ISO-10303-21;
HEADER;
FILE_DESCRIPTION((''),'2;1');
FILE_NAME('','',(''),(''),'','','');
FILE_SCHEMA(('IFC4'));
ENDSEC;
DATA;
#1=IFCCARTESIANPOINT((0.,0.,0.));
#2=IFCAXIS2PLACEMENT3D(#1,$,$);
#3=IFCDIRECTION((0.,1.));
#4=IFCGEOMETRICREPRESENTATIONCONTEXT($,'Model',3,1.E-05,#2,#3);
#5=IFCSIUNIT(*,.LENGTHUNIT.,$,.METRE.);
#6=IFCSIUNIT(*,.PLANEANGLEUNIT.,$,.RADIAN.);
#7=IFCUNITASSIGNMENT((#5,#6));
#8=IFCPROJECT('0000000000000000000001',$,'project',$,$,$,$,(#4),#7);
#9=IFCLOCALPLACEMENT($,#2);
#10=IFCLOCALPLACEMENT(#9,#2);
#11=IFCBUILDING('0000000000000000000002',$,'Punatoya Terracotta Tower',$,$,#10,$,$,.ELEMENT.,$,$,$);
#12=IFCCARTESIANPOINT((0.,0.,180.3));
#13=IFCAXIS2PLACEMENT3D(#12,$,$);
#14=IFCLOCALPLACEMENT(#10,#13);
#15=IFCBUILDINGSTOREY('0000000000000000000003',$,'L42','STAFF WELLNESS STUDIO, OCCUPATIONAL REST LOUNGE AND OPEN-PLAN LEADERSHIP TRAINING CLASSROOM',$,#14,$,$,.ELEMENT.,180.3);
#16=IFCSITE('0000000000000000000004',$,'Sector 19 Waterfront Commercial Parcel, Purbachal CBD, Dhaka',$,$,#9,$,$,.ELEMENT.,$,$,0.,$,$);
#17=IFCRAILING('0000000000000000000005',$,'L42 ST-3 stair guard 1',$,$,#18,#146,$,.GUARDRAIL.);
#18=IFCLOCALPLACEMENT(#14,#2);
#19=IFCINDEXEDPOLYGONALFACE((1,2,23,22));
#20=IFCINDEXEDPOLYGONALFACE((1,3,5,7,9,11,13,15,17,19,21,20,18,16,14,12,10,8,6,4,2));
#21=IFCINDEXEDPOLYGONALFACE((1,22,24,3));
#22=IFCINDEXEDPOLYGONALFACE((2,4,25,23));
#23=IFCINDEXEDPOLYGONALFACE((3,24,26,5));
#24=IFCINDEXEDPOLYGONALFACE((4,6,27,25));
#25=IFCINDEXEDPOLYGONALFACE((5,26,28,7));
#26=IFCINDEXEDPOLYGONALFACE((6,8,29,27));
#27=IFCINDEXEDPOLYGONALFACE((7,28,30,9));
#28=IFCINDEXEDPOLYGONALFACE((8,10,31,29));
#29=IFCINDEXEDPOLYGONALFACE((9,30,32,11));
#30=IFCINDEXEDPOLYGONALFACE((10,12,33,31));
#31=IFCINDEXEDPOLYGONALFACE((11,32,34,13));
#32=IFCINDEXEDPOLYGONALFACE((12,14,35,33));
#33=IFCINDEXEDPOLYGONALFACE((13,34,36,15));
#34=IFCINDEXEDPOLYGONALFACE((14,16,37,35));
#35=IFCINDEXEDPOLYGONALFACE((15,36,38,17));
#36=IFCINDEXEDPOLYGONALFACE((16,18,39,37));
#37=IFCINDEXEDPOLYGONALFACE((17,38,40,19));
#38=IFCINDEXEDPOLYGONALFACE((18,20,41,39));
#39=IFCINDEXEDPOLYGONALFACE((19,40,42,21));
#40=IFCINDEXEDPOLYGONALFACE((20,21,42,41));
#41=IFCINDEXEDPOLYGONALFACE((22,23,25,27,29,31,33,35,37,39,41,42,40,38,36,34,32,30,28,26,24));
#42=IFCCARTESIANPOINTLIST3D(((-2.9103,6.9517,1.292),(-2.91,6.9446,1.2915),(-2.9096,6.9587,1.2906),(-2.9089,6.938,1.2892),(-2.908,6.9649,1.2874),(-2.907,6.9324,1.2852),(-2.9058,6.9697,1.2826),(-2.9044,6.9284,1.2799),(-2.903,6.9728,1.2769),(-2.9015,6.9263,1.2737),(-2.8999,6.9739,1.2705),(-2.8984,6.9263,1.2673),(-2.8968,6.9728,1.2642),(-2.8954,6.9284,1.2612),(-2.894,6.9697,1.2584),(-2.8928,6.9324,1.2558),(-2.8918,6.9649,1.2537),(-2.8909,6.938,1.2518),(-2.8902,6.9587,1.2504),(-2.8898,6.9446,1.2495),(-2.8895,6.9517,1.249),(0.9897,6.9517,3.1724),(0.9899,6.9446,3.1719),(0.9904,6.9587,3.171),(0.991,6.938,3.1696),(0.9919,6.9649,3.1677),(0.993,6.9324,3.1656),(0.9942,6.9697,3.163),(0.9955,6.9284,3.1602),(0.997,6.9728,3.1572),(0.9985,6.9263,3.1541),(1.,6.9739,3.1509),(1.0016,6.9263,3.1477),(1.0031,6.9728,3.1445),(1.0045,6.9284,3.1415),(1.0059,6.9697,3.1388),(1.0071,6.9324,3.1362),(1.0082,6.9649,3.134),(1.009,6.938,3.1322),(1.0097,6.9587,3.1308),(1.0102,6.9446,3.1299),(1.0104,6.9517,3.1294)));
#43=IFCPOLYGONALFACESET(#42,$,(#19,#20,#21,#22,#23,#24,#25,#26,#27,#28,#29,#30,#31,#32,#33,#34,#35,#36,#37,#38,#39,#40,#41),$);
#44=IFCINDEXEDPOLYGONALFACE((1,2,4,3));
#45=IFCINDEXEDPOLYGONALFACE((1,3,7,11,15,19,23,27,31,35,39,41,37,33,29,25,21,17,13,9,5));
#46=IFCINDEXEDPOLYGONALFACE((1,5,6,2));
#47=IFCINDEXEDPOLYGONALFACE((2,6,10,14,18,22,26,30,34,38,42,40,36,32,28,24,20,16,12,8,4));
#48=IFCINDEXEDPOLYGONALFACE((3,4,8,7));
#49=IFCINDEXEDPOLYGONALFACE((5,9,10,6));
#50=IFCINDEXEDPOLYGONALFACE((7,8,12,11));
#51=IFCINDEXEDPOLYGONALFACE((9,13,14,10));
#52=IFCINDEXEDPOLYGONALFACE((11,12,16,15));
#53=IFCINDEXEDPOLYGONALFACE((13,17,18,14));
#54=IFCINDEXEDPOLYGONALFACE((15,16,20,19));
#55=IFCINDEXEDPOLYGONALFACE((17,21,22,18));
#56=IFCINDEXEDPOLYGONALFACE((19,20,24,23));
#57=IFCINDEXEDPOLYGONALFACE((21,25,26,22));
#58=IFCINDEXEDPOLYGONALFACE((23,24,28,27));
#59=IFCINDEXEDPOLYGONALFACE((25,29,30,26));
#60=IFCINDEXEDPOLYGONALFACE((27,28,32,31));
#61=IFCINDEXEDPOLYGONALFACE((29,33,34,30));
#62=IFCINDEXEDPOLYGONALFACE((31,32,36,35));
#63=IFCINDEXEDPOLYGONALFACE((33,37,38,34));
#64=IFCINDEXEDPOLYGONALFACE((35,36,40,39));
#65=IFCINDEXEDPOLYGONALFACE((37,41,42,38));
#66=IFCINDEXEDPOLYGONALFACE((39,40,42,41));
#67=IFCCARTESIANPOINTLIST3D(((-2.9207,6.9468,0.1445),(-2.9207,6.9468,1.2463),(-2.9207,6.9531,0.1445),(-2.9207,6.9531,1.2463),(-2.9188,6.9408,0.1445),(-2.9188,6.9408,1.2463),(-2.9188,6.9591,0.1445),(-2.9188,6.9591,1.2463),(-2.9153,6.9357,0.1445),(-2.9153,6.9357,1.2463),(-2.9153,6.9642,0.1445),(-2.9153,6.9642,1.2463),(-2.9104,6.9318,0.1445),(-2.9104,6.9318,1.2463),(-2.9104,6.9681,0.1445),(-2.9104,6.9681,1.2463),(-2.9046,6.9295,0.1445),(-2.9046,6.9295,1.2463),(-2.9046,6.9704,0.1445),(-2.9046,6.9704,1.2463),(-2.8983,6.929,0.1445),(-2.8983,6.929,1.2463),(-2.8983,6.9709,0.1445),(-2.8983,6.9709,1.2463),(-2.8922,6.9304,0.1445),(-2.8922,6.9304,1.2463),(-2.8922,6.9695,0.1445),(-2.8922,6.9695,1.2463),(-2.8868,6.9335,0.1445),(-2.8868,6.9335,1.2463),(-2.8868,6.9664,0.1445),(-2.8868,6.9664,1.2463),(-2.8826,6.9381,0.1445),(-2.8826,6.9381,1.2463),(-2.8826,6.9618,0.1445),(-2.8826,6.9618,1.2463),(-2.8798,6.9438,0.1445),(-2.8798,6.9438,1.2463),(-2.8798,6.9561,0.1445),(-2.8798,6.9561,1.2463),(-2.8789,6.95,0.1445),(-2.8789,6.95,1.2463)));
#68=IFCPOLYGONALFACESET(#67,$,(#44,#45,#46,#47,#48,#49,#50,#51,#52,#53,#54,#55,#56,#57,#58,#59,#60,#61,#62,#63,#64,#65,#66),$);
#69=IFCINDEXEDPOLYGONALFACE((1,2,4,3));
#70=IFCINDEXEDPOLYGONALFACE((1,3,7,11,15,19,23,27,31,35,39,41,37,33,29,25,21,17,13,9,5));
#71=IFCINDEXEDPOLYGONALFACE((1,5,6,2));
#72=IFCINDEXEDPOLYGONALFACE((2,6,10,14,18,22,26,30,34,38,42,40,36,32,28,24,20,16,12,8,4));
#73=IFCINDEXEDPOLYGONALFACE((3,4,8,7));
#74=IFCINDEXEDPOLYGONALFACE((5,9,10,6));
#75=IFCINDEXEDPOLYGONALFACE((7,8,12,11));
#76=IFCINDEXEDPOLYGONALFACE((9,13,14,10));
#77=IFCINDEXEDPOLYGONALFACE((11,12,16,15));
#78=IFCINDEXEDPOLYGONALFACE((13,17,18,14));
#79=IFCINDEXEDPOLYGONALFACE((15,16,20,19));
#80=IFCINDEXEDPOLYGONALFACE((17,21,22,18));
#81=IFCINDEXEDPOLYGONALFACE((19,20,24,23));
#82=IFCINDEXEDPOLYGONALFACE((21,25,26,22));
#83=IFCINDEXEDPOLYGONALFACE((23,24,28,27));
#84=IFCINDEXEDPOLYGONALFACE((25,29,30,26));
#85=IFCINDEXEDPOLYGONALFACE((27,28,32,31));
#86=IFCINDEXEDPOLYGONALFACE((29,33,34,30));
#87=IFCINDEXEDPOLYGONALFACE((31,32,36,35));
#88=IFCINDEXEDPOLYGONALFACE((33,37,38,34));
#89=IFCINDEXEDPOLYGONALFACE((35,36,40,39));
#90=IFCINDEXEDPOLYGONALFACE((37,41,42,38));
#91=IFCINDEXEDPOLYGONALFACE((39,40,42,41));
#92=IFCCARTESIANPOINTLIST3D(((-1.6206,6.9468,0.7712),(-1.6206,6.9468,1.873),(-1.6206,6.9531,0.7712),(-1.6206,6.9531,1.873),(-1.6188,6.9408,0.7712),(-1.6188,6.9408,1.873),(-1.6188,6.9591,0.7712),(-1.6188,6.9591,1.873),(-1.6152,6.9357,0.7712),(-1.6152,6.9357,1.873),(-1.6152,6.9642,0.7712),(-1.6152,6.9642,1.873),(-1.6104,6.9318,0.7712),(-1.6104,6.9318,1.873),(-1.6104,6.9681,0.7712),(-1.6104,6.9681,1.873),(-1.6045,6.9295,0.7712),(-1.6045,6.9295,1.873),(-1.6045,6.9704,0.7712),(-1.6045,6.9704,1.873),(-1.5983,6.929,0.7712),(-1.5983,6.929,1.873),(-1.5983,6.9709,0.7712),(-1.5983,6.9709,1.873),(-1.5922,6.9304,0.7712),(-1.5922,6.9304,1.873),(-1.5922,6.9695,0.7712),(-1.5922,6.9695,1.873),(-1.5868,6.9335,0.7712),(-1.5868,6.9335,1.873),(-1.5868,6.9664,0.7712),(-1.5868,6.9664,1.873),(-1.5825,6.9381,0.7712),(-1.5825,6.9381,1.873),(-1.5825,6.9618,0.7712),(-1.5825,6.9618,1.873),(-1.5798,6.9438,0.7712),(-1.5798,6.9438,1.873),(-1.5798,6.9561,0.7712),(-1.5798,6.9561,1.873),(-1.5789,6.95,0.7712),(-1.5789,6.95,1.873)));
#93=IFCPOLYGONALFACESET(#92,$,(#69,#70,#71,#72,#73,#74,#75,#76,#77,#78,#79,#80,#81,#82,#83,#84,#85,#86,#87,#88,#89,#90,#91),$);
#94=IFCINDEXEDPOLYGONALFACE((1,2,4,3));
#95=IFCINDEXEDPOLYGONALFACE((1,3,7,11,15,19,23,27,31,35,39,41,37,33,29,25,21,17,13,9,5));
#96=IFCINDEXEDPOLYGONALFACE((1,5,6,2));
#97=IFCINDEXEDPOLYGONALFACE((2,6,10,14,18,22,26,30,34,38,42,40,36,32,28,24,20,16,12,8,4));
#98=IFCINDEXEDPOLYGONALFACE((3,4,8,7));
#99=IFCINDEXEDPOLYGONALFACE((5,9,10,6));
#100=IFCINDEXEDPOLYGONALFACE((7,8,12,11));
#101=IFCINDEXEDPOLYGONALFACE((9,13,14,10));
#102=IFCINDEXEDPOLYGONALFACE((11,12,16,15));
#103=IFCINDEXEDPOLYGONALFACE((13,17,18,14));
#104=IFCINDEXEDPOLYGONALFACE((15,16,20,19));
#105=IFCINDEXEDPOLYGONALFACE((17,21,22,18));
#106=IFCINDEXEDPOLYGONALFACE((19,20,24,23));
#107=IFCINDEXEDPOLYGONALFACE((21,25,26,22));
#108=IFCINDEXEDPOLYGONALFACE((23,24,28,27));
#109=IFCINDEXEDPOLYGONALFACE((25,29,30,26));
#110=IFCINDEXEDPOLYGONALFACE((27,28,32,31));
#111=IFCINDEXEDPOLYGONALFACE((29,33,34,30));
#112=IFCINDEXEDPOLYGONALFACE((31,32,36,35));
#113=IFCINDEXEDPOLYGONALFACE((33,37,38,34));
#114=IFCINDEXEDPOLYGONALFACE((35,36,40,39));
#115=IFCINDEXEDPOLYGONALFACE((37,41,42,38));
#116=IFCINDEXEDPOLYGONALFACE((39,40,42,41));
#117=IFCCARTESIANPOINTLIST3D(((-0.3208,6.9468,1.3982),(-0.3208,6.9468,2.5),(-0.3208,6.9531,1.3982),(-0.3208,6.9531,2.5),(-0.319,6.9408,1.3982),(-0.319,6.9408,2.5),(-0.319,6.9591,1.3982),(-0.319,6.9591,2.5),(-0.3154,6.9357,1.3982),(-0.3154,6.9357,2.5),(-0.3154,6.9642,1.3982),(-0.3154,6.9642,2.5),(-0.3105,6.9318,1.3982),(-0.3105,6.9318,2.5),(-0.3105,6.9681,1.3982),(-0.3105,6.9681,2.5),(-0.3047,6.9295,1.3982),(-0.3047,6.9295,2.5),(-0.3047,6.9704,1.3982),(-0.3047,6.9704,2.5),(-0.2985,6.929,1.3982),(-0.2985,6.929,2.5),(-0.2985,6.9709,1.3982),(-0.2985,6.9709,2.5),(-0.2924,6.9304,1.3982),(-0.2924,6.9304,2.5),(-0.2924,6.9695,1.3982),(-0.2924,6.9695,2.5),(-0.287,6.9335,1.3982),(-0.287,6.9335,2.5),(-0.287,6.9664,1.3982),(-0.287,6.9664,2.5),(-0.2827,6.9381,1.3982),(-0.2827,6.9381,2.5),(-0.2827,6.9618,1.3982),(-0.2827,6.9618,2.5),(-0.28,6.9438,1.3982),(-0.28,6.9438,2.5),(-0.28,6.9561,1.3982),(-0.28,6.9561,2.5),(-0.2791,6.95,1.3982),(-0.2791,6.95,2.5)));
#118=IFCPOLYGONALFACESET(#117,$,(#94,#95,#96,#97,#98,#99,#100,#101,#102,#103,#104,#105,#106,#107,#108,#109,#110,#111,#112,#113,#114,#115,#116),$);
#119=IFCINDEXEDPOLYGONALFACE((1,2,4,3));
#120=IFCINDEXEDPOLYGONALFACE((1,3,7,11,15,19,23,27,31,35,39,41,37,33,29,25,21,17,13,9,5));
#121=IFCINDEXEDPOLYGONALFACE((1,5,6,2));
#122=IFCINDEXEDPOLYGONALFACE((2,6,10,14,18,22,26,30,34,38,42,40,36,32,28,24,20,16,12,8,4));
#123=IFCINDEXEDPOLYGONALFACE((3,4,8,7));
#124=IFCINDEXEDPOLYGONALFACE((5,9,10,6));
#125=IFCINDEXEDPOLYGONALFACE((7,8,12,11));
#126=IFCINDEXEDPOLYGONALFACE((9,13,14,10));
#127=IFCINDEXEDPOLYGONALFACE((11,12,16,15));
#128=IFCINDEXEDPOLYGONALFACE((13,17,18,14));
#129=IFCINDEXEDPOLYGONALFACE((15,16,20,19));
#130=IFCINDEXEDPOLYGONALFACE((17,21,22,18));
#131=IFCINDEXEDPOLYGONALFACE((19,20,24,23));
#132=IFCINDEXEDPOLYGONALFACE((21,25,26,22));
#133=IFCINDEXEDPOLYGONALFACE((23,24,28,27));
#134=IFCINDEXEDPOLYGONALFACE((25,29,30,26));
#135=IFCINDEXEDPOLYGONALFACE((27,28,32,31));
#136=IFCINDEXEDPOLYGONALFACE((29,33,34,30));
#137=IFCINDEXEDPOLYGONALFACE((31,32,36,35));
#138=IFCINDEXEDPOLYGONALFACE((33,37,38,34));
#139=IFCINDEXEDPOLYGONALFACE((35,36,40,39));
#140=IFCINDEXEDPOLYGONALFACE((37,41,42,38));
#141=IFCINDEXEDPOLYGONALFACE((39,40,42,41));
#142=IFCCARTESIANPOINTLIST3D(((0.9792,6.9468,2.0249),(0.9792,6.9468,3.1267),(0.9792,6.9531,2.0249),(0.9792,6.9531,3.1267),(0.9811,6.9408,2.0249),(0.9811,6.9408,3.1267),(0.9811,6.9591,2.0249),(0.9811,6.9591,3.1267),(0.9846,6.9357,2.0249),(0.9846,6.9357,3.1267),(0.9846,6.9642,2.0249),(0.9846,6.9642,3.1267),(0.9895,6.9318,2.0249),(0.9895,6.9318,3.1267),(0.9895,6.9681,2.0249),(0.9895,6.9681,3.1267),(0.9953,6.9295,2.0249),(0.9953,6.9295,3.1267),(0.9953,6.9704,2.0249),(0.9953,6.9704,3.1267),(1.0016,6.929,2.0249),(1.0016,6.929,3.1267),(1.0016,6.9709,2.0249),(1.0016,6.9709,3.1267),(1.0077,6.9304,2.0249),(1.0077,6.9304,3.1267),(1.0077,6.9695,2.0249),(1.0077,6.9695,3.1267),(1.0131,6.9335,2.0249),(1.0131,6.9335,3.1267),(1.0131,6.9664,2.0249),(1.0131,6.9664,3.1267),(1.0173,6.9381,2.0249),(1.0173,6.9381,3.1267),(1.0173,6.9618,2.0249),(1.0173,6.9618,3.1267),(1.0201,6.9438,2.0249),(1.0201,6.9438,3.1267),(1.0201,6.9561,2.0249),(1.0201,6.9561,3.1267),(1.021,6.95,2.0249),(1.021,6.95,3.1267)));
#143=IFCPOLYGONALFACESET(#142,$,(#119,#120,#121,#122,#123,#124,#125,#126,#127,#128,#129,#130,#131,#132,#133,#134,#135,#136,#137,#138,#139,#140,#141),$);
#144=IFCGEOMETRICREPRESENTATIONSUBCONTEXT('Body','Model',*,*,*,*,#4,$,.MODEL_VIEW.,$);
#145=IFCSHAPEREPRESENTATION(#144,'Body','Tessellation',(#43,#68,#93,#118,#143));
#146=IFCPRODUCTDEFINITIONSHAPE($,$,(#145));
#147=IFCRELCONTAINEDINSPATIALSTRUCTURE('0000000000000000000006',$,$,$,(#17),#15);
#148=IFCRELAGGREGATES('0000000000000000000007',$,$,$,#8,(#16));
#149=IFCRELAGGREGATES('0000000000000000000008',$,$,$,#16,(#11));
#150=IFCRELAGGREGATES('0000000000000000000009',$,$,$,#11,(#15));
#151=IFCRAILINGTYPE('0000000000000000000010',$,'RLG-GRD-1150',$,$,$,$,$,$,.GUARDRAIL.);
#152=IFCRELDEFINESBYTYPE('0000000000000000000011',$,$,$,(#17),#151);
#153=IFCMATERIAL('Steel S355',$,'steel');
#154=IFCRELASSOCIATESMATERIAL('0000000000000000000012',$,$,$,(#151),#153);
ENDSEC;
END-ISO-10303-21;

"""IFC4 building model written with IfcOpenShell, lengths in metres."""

from ifc_helpers import new_model, si_unit, direction, frame, origin, origin_2d, place, context, subcontext, project, spatial, circle, extrude, material, type_object, element, save


model = new_model("IFC4")

# Units and contexts
model_context = context("Model", 3, precision=1e-05, world=origin(), true_north=direction((0.0, 1.0)))
body_context = subcontext(model_context, "Body", "Model", "MODEL_VIEW")
ifc_project = project(units=[si_unit("LENGTHUNIT", "METRE"), si_unit("PLANEANGLEUNIT", "RADIAN")], contexts=[model_context])

# Site, building, storey
site_placement = place(None, origin())
site = spatial("IfcSite", under=ifc_project, at=site_placement, Name="Sector 19 Waterfront Commercial Parcel, Purbachal CBD, Dhaka", CompositionType="ELEMENT", RefElevation=0.0)
building_placement = place(site_placement, origin())
building = spatial("IfcBuilding", under=site, at=building_placement, Name="Punatoya Terracotta Tower", CompositionType="ELEMENT")
storey_placement = place(building_placement, frame((0.0, 0.0, 180.3)))
storey = spatial("IfcBuildingStorey", under=building, at=storey_placement, Name="L42", Description="STAFF WELLNESS STUDIO, OCCUPATIONAL REST LOUNGE AND OPEN-PLAN LEADERSHIP TRAINING CLASSROOM", CompositionType="ELEMENT", Elevation=180.3)

# Shared definitions
ifc_material_1 = material(Name="Steel S355", Category="steel")

# Railing
railing_type_1 = type_object("IfcRailingType", Name="RLG-GRD-1150", PredefinedType="GUARDRAIL", material=ifc_material_1)
railing_1_placement = place(storey_placement, frame((-2.8999, 6.95, 0.1445)))
element("IfcRailing", 1, at=railing_1_placement, inside=storey, type_object=railing_type_1, Name="L42 ST-3 stair guard 1", PredefinedType="GUARDRAIL", context=body_context, shape_type="SweptSolid", body=[
    extrude(circle(Radius=0.0239, at=origin_2d()), frame((0.0, 0.0, 1.126), z_axis=(0.900763, 0.0, 0.434311), x_axis=(0.0, 1.0, 0.0)), (0.0, 0.0, 1.0), 4.3296),
    extrude(circle(Radius=0.021, at=origin_2d()), origin(), (0.0, 0.0, 1.0), 1.1018),
    extrude(circle(Radius=0.021, at=origin_2d()), frame((1.3, 0.0, 0.6267)), (0.0, 0.0, 1.0), 1.1018),
    extrude(circle(Radius=0.021, at=origin_2d()), frame((2.5999, 0.0, 1.2537)), (0.0, 0.0, 1.0), 1.1018),
    extrude(circle(Radius=0.021, at=origin_2d()), frame((3.8999, 0.0, 1.8804)), (0.0, 0.0, 1.0), 1.1018),
])

save(model, "model.ifc")
